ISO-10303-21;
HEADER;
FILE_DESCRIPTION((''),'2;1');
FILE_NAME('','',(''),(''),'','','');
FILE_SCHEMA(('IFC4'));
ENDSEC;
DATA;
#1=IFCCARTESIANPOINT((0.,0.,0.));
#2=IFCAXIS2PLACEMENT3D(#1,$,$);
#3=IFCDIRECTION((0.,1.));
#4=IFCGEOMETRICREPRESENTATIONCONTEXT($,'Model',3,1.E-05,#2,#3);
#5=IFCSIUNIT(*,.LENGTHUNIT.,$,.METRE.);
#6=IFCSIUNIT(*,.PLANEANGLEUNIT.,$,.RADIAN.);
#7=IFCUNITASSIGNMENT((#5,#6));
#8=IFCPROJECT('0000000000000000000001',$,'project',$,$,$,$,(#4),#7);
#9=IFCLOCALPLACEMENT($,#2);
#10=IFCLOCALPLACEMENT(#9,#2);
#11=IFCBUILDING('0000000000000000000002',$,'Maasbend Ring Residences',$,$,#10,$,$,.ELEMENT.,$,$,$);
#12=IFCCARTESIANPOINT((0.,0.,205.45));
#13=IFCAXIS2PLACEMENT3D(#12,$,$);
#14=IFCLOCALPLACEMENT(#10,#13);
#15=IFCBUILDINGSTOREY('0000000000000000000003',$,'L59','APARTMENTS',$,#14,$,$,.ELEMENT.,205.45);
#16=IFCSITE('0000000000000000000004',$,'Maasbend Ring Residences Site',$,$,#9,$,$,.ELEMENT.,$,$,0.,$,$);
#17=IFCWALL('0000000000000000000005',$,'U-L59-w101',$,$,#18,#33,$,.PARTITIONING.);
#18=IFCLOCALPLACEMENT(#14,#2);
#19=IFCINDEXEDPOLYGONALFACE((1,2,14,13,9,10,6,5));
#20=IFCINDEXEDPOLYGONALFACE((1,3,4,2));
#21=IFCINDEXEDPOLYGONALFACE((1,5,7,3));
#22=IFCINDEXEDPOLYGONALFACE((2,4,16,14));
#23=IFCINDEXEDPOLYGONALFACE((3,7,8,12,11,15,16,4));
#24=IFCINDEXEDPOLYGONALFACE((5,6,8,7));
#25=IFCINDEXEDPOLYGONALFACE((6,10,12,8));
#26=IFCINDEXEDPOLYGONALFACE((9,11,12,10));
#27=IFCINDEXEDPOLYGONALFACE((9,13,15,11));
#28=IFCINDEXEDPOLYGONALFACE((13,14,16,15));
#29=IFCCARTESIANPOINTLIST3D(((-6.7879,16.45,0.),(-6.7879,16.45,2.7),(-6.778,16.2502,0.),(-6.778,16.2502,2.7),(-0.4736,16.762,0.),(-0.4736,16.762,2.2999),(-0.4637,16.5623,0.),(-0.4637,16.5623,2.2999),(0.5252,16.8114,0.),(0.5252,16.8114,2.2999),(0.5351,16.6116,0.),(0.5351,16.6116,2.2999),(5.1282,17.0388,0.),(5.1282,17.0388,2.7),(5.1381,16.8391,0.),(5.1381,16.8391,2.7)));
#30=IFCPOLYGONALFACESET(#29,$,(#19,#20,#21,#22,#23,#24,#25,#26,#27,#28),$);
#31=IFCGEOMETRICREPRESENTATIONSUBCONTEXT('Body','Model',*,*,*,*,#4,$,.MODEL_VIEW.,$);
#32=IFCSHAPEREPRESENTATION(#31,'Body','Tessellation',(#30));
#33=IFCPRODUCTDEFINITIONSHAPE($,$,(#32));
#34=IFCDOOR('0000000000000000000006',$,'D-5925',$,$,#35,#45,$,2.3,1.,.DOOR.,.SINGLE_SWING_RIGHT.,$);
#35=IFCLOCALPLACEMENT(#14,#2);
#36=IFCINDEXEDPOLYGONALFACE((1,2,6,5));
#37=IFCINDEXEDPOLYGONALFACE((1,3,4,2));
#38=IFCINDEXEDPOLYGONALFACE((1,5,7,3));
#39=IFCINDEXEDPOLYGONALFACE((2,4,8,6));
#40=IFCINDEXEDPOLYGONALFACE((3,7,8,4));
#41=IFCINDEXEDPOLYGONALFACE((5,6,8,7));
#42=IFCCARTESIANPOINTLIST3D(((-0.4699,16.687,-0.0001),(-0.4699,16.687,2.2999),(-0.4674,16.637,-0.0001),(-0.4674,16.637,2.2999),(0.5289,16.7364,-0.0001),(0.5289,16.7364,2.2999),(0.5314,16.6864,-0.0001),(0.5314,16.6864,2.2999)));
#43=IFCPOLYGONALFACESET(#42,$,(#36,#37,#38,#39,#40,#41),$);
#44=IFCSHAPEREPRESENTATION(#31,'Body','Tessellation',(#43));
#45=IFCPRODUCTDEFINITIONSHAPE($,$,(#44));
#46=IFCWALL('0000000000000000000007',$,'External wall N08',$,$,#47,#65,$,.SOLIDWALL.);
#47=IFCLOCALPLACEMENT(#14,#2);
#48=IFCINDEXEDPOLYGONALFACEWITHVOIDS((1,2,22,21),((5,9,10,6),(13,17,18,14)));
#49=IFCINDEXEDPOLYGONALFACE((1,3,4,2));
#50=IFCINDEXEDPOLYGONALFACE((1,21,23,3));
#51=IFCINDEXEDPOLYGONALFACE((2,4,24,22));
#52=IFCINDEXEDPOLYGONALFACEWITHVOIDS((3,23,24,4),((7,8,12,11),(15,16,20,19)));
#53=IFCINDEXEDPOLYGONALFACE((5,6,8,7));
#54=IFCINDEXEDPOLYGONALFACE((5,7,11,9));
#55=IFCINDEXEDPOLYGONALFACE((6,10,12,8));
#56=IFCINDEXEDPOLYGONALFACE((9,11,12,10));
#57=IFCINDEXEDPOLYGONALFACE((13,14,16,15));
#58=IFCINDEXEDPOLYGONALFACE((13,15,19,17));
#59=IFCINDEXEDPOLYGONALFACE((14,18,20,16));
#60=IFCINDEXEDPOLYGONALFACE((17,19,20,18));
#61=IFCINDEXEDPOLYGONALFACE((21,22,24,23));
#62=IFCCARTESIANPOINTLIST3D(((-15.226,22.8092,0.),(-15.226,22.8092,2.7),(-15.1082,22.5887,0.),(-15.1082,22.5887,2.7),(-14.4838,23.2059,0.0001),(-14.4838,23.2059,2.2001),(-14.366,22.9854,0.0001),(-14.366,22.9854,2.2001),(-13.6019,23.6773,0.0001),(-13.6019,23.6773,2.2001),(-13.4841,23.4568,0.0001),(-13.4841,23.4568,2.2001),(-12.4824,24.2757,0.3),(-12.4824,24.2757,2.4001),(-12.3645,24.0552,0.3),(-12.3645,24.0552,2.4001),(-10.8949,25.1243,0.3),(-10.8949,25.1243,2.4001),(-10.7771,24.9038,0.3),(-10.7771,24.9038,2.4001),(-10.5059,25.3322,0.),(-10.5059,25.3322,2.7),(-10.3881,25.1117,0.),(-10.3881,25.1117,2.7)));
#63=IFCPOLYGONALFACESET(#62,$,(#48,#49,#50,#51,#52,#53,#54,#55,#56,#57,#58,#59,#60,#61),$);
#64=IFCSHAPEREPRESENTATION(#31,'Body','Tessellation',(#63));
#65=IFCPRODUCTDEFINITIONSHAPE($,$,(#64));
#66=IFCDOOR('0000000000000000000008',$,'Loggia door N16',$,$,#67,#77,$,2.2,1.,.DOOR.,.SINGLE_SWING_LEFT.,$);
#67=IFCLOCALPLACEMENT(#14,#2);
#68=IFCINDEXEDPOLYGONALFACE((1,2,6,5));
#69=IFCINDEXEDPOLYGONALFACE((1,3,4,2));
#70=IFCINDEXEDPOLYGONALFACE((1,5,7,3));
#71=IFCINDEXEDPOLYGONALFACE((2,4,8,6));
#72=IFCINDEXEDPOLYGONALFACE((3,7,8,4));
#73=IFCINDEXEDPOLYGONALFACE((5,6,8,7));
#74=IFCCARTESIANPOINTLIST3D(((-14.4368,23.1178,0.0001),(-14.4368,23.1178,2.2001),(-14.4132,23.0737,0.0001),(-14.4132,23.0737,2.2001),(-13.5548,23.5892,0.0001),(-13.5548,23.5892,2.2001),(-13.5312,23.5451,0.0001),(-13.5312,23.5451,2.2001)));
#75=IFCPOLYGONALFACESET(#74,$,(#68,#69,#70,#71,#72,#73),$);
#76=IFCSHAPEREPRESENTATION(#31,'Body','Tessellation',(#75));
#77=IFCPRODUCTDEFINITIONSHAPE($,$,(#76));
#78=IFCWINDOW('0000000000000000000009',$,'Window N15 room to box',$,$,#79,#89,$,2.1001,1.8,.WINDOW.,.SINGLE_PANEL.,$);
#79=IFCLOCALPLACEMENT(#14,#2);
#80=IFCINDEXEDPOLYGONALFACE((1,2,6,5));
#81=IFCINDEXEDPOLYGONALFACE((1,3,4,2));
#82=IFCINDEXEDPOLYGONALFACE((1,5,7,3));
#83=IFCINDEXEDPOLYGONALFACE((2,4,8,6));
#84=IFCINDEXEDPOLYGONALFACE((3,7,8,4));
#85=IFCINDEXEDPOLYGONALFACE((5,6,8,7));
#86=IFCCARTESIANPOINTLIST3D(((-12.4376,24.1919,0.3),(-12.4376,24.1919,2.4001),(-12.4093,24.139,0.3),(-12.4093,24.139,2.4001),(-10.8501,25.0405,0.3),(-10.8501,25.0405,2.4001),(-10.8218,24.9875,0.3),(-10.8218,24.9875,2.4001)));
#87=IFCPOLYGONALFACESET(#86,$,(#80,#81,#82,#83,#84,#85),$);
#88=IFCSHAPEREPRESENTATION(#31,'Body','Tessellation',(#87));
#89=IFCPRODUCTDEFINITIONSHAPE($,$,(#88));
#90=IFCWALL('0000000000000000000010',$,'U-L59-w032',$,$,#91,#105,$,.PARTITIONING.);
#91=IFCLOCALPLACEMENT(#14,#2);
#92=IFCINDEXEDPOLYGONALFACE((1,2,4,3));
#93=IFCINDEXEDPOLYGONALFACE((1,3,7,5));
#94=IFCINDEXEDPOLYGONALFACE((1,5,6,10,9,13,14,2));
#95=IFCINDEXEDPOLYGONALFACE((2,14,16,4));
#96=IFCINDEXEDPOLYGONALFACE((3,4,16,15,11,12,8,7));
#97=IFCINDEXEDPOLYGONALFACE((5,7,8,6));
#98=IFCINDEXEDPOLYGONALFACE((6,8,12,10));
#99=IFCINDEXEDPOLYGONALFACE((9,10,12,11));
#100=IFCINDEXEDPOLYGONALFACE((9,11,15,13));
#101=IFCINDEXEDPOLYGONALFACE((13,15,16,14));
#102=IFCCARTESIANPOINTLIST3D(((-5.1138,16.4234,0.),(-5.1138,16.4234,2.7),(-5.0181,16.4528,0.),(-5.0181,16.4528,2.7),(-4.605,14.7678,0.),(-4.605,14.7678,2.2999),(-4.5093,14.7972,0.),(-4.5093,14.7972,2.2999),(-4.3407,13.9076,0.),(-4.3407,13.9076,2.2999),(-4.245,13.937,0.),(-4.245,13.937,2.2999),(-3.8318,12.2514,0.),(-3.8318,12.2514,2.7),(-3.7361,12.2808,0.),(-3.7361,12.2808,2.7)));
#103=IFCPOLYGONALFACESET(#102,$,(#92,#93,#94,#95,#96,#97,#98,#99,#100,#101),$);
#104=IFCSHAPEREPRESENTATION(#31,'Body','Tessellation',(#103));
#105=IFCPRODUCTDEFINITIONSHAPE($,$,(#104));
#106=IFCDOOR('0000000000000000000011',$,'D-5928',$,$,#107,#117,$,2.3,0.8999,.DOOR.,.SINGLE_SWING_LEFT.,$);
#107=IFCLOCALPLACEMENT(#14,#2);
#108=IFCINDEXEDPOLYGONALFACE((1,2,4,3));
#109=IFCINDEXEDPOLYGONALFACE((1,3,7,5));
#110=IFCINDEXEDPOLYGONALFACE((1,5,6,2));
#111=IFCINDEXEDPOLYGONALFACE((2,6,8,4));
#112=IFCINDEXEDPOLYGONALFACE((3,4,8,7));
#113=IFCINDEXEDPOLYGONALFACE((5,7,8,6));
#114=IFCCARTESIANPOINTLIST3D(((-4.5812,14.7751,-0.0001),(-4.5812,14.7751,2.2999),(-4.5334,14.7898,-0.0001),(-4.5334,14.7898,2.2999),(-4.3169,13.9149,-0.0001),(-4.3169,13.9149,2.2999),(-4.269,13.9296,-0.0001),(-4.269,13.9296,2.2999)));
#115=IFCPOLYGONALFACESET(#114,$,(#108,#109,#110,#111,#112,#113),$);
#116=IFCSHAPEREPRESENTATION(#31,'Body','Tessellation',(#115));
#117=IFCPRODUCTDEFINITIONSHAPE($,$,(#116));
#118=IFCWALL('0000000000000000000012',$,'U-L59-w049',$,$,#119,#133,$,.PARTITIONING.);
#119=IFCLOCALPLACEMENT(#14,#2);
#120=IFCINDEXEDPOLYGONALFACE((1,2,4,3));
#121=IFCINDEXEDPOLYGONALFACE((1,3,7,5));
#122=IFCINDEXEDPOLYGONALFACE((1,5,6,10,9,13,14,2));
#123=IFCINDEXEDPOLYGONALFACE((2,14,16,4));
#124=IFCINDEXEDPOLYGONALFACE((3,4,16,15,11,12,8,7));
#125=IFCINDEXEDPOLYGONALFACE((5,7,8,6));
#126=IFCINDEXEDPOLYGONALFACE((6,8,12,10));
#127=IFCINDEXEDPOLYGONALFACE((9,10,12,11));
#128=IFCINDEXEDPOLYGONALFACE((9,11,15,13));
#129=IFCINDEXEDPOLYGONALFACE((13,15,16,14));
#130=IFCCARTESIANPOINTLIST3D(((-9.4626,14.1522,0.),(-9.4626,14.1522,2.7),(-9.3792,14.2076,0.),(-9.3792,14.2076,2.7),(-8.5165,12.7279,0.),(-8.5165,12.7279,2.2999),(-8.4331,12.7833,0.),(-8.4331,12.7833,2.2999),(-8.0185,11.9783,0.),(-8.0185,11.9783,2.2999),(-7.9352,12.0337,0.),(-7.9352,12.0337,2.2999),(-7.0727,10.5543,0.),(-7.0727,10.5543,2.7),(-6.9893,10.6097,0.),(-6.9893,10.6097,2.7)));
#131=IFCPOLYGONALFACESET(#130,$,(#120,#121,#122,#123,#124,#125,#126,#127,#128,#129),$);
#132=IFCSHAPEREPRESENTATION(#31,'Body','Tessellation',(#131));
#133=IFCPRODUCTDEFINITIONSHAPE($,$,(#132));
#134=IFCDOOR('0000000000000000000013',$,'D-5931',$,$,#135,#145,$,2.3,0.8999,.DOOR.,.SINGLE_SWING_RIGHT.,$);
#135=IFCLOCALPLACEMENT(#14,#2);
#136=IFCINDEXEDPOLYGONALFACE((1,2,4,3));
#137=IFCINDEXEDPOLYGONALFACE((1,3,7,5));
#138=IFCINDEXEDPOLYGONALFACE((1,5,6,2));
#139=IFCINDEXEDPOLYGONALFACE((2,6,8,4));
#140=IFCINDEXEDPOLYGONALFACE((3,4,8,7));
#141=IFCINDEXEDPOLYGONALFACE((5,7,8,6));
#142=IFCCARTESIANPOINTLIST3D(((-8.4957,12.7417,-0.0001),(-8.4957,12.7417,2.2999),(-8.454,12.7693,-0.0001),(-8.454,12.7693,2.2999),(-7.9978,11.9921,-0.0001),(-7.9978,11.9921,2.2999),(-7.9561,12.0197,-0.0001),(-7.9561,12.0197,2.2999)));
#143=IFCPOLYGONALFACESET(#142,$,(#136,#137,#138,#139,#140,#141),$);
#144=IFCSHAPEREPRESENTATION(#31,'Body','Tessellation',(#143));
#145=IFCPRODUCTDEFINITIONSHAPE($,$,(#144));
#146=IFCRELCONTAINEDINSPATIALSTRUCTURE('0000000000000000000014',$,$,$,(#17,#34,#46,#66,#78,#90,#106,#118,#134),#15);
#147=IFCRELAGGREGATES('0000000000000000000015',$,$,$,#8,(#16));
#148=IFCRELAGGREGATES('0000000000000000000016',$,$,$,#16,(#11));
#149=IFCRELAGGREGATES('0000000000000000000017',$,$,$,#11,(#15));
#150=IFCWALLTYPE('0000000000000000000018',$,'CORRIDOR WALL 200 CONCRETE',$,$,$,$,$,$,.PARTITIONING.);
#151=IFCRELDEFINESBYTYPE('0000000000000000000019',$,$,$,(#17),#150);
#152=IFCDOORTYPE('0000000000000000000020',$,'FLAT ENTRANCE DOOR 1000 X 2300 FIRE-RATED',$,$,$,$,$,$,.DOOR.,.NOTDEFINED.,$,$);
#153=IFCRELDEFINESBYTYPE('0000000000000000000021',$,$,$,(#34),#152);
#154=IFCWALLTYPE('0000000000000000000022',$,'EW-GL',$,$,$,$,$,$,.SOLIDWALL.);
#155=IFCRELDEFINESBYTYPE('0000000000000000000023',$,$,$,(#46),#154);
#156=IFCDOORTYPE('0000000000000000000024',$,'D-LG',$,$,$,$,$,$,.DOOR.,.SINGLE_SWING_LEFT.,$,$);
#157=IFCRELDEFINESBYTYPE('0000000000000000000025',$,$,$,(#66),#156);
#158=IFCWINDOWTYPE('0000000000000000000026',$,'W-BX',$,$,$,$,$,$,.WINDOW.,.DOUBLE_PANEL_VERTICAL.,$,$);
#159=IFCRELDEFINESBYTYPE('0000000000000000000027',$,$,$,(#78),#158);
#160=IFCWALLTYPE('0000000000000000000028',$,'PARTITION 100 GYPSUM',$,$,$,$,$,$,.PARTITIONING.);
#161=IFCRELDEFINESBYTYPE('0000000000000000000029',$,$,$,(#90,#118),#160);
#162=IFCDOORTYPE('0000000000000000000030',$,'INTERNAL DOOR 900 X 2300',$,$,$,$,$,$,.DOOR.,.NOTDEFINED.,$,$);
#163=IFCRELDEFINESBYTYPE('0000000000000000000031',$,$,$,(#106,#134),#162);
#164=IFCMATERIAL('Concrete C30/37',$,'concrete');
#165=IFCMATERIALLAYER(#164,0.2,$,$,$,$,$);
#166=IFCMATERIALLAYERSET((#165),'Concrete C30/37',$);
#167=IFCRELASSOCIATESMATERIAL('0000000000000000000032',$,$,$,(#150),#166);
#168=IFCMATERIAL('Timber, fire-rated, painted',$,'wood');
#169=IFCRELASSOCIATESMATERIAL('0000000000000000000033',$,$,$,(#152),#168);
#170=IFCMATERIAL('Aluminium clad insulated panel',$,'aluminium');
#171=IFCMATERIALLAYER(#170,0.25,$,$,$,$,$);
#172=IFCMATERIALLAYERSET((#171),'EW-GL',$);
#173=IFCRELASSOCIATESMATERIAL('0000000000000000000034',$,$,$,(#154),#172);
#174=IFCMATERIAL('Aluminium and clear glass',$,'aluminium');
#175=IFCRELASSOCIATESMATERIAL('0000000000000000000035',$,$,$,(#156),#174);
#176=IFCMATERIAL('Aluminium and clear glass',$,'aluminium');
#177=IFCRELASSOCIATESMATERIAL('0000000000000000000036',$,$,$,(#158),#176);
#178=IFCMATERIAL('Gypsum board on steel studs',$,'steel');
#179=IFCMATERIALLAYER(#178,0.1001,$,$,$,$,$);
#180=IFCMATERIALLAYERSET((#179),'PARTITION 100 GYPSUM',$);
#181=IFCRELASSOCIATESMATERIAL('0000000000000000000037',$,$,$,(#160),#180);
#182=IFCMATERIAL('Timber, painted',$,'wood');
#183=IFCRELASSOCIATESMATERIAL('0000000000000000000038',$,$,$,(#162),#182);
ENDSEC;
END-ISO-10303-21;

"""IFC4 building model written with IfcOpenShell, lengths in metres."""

from ifc_helpers import new_model, si_unit, direction, frame, frame_2d, origin, place, context, subcontext, project, spatial, rectangle, extrude, material, layer, layer_set, type_object, element, fill, save


model = new_model("IFC4")

# Units and contexts
model_context = context("Model", 3, precision=1e-05, world=origin(), true_north=direction((0.0, 1.0)))
body_context = subcontext(model_context, "Body", "Model", "MODEL_VIEW")
ifc_project = project(units=[si_unit("LENGTHUNIT", "METRE"), si_unit("PLANEANGLEUNIT", "RADIAN")], contexts=[model_context])

# Site, building, storey
site_placement = place(None, origin())
site = spatial("IfcSite", under=ifc_project, at=site_placement, Name="Maasbend Ring Residences Site", CompositionType="ELEMENT", RefElevation=0.0)
building_placement = place(site_placement, origin())
building = spatial("IfcBuilding", under=site, at=building_placement, Name="Maasbend Ring Residences", CompositionType="ELEMENT")
storey_placement = place(building_placement, frame((0.0, 0.0, 205.45)))
storey = spatial("IfcBuildingStorey", under=building, at=storey_placement, Name="L59", Description="APARTMENTS", CompositionType="ELEMENT", Elevation=205.45)

# Wall, opening, door
ifc_material_1 = material(Name="Concrete C30/37", Category="concrete")
ifc_layer_1 = layer(ifc_material_1, 0.2)
ifc_layer_set_1 = layer_set([ifc_layer_1], Name="Concrete C30/37")
wall_type_1 = type_object("IfcWallType", Name="CORRIDOR WALL 200 CONCRETE", PredefinedType="PARTITIONING", material=ifc_layer_set_1)
wall_1_placement = place(storey_placement, frame((-6.783, 16.3501, 0.0), z_axis=(0.0, 0.0, 1.0), x_axis=(0.998781, 0.049358, 0.0)))
wall_1 = element("IfcWall", 1, at=wall_1_placement, inside=storey, type_object=wall_type_1, Name="U-L59-w101", PredefinedType="PARTITIONING", context=body_context, shape_type="SweptSolid", body=[
    extrude(rectangle(XDim=11.9307, YDim=0.2, at=frame_2d((5.9653, 0.0))), origin(), (0.0, 0.0, 1.0), 2.7),
])
opening_1_placement = place(wall_1_placement, frame((6.322, 0.0, 0.0)))
opening_1 = element("IfcOpeningElement", 2, at=opening_1_placement, cuts=wall_1, PredefinedType="OPENING", context=body_context, shape_type="SweptSolid", body=[
    extrude(rectangle(XDim=1.0, YDim=2.3, at=frame_2d((0.5, 1.1499))), frame((0.0, 0.1099, 0.0), z_axis=(0.0, -1.0, 0.0), x_axis=(1.0, 0.0, 0.0)), (0.0, 0.0, 1.0), 0.22),
])
ifc_material_2 = material(Name="Timber, fire-rated, painted", Category="wood")
door_type_1 = type_object("IfcDoorType", Name="FLAT ENTRANCE DOOR 1000 X 2300 FIRE-RATED", OperationType="NOTDEFINED", PredefinedType="DOOR", material=ifc_material_2)
door_1_placement = place(opening_1_placement, origin())
door_1 = element("IfcDoor", 3, at=door_1_placement, inside=storey, type_object=door_type_1, Name="D-5925", OperationType="SINGLE_SWING_RIGHT", OverallHeight=2.3, OverallWidth=1.0, PredefinedType="DOOR", context=body_context, shape_type="SweptSolid", body=[
    extrude(rectangle(XDim=1.0, YDim=2.3, at=frame_2d((0.5, 1.1499))), frame((0.0, 0.0249, 0.0), z_axis=(0.0, -1.0, 0.0), x_axis=(1.0, 0.0, 0.0)), (0.0, 0.0, 1.0), 0.05),
])
fill(opening_1, door_1)

# Wall, openings, door, window
ifc_material_3 = material(Name="Aluminium clad insulated panel", Category="aluminium")
ifc_layer_2 = layer(ifc_material_3, 0.25)
ifc_layer_set_2 = layer_set([ifc_layer_2], Name="EW-GL")
wall_type_2 = type_object("IfcWallType", Name="EW-GL", PredefinedType="SOLIDWALL", material=ifc_layer_set_2)
wall_2_placement = place(storey_placement, frame((-10.447, 25.2219, 0.0), z_axis=(0.0, 0.0, 1.0), x_axis=(-0.881916, -0.471407, 0.0)))
wall_2 = element("IfcWall", 4, at=wall_2_placement, inside=storey, type_object=wall_type_2, Name="External wall N08", PredefinedType="SOLIDWALL", context=body_context, shape_type="SweptSolid", body=[
    extrude(rectangle(XDim=5.3521, YDim=0.25, at=frame_2d((2.676, 0.0))), origin(), (0.0, 0.0, 1.0), 2.7),
])
opening_2_placement = place(wall_2_placement, frame((0.4412, 0.0, 0.3)))
opening_2 = element("IfcOpeningElement", 5, at=opening_2_placement, cuts=wall_2, PredefinedType="OPENING", context=body_context, shape_type="SweptSolid", body=[
    extrude(rectangle(XDim=1.8, YDim=2.1001, at=frame_2d((0.8999, 1.05))), frame((0.0, 0.135, 0.0), z_axis=(0.0, -1.0, 0.0), x_axis=(1.0, 0.0, 0.0)), (0.0, 0.0, 1.0), 0.27),
])
opening_3_placement = place(wall_2_placement, frame((3.5105, 0.0, 0.0)))
opening_3 = element("IfcOpeningElement", 6, at=opening_3_placement, cuts=wall_2, PredefinedType="OPENING", context=body_context, shape_type="SweptSolid", body=[
    extrude(rectangle(XDim=1.0, YDim=2.2, at=frame_2d((0.5, 1.1001))), frame((0.0, 0.135, 0.0), z_axis=(0.0, -1.0, 0.0), x_axis=(1.0, 0.0, 0.0)), (0.0, 0.0, 1.0), 0.27),
])
ifc_material_4 = material(Name="Aluminium and clear glass", Category="aluminium")
door_type_2 = type_object("IfcDoorType", Name="D-LG", OperationType="SINGLE_SWING_LEFT", PredefinedType="DOOR", material=ifc_material_4)
door_2_placement = place(opening_3_placement, origin())
door_2 = element("IfcDoor", 7, at=door_2_placement, inside=storey, type_object=door_type_2, Name="Loggia door N16", OperationType="SINGLE_SWING_LEFT", OverallHeight=2.2, OverallWidth=1.0, PredefinedType="DOOR", context=body_context, shape_type="SweptSolid", body=[
    extrude(rectangle(XDim=1.0, YDim=2.2, at=frame_2d((0.5, 1.1001))), frame((0.0, 0.0249, 0.0), z_axis=(0.0, -1.0, 0.0), x_axis=(1.0, 0.0, 0.0)), (0.0, 0.0, 1.0), 0.05),
])
fill(opening_3, door_2)
ifc_material_5 = material(Name="Aluminium and clear glass", Category="aluminium")
window_type = type_object("IfcWindowType", Name="W-BX", PartitioningType="DOUBLE_PANEL_VERTICAL", PredefinedType="WINDOW", material=ifc_material_5)
window_placement = place(opening_2_placement, origin())
window = element("IfcWindow", 8, at=window_placement, inside=storey, type_object=window_type, Name="Window N15 room to box", OverallHeight=2.1001, OverallWidth=1.8, PartitioningType="SINGLE_PANEL", PredefinedType="WINDOW", context=body_context, shape_type="SweptSolid", body=[
    extrude(rectangle(XDim=1.8, YDim=2.1001, at=frame_2d((0.8999, 1.05))), frame((0.0, 0.03, 0.0), z_axis=(0.0, -1.0, 0.0), x_axis=(1.0, 0.0, 0.0)), (0.0, 0.0, 1.0), 0.0601),
])
fill(opening_2, window)

# Walls, openings, doors
ifc_material_6 = material(Name="Gypsum board on steel studs", Category="steel")
ifc_layer_3 = layer(ifc_material_6, 0.1001)
ifc_layer_set_3 = layer_set([ifc_layer_3], Name="PARTITION 100 GYPSUM")
wall_type_3 = type_object("IfcWallType", Name="PARTITION 100 GYPSUM", PredefinedType="PARTITIONING", material=ifc_layer_set_3)
wall_3_placement = place(storey_placement, frame((-5.0659, 16.438, 0.0), z_axis=(0.0, 0.0, 1.0), x_axis=(0.293736, -0.955887, 0.0)))
wall_3 = element("IfcWall", 9, at=wall_3_placement, inside=storey, type_object=wall_type_3, Name="U-L59-w032", PredefinedType="PARTITIONING", context=body_context, shape_type="SweptSolid", body=[
    extrude(rectangle(XDim=4.3645, YDim=0.1001, at=frame_2d((2.1821, 0.0))), origin(), (0.0, 0.0, 1.0), 2.7),
])
opening_4_placement = place(wall_3_placement, frame((1.7319, 0.0, 0.0)))
opening_4 = element("IfcOpeningElement", 10, at=opening_4_placement, cuts=wall_3, PredefinedType="OPENING", context=body_context, shape_type="SweptSolid", body=[
    extrude(rectangle(XDim=0.8999, YDim=2.3, at=frame_2d((0.45, 1.1499))), frame((0.0, 0.0601, 0.0), z_axis=(0.0, -1.0, 0.0), x_axis=(1.0, 0.0, 0.0)), (0.0, 0.0, 1.0), 0.1201),
])
ifc_material_7 = material(Name="Timber, painted", Category="wood")
door_type_3 = type_object("IfcDoorType", Name="INTERNAL DOOR 900 X 2300", OperationType="NOTDEFINED", PredefinedType="DOOR", material=ifc_material_7)
door_3_placement = place(opening_4_placement, origin())
door_3 = element("IfcDoor", 11, at=door_3_placement, inside=storey, type_object=door_type_3, Name="D-5928", OperationType="SINGLE_SWING_LEFT", OverallHeight=2.3, OverallWidth=0.8999, PredefinedType="DOOR", context=body_context, shape_type="SweptSolid", body=[
    extrude(rectangle(XDim=0.8999, YDim=2.3, at=frame_2d((0.45, 1.1499))), frame((0.0, 0.0249, 0.0), z_axis=(0.0, -1.0, 0.0), x_axis=(1.0, 0.0, 0.0)), (0.0, 0.0, 1.0), 0.05),
])
fill(opening_4, door_3)
wall_4_placement = place(storey_placement, frame((-9.4209, 14.1799, 0.0), z_axis=(0.0, 0.0, 1.0), x_axis=(0.553304, -0.83298, 0.0)))
wall_4 = element("IfcWall", 12, at=wall_4_placement, inside=storey, type_object=wall_type_3, Name="U-L59-w049", PredefinedType="PARTITIONING", context=body_context, shape_type="SweptSolid", body=[
    extrude(rectangle(XDim=4.3193, YDim=0.1001, at=frame_2d((2.1597, 0.0))), origin(), (0.0, 0.0, 1.0), 2.7),
])
opening_5_placement = place(wall_4_placement, frame((1.71, 0.0, 0.0)))
opening_5 = element("IfcOpeningElement", 13, at=opening_5_placement, cuts=wall_4, PredefinedType="OPENING", context=body_context, shape_type="SweptSolid", body=[
    extrude(rectangle(XDim=0.8999, YDim=2.3, at=frame_2d((0.45, 1.1499))), frame((0.0, 0.0601, 0.0), z_axis=(0.0, -1.0, 0.0), x_axis=(1.0, 0.0, 0.0)), (0.0, 0.0, 1.0), 0.1201),
])
door_4_placement = place(opening_5_placement, origin())
door_4 = element("IfcDoor", 14, at=door_4_placement, inside=storey, type_object=door_type_3, Name="D-5931", OperationType="SINGLE_SWING_RIGHT", OverallHeight=2.3, OverallWidth=0.8999, PredefinedType="DOOR", context=body_context, shape_type="SweptSolid", body=[
    extrude(rectangle(XDim=0.8999, YDim=2.3, at=frame_2d((0.45, 1.1499))), frame((0.0, 0.0249, 0.0), z_axis=(0.0, -1.0, 0.0), x_axis=(1.0, 0.0, 0.0)), (0.0, 0.0, 1.0), 0.05),
])
fill(opening_5, door_4)

save(model, "model.ifc")
